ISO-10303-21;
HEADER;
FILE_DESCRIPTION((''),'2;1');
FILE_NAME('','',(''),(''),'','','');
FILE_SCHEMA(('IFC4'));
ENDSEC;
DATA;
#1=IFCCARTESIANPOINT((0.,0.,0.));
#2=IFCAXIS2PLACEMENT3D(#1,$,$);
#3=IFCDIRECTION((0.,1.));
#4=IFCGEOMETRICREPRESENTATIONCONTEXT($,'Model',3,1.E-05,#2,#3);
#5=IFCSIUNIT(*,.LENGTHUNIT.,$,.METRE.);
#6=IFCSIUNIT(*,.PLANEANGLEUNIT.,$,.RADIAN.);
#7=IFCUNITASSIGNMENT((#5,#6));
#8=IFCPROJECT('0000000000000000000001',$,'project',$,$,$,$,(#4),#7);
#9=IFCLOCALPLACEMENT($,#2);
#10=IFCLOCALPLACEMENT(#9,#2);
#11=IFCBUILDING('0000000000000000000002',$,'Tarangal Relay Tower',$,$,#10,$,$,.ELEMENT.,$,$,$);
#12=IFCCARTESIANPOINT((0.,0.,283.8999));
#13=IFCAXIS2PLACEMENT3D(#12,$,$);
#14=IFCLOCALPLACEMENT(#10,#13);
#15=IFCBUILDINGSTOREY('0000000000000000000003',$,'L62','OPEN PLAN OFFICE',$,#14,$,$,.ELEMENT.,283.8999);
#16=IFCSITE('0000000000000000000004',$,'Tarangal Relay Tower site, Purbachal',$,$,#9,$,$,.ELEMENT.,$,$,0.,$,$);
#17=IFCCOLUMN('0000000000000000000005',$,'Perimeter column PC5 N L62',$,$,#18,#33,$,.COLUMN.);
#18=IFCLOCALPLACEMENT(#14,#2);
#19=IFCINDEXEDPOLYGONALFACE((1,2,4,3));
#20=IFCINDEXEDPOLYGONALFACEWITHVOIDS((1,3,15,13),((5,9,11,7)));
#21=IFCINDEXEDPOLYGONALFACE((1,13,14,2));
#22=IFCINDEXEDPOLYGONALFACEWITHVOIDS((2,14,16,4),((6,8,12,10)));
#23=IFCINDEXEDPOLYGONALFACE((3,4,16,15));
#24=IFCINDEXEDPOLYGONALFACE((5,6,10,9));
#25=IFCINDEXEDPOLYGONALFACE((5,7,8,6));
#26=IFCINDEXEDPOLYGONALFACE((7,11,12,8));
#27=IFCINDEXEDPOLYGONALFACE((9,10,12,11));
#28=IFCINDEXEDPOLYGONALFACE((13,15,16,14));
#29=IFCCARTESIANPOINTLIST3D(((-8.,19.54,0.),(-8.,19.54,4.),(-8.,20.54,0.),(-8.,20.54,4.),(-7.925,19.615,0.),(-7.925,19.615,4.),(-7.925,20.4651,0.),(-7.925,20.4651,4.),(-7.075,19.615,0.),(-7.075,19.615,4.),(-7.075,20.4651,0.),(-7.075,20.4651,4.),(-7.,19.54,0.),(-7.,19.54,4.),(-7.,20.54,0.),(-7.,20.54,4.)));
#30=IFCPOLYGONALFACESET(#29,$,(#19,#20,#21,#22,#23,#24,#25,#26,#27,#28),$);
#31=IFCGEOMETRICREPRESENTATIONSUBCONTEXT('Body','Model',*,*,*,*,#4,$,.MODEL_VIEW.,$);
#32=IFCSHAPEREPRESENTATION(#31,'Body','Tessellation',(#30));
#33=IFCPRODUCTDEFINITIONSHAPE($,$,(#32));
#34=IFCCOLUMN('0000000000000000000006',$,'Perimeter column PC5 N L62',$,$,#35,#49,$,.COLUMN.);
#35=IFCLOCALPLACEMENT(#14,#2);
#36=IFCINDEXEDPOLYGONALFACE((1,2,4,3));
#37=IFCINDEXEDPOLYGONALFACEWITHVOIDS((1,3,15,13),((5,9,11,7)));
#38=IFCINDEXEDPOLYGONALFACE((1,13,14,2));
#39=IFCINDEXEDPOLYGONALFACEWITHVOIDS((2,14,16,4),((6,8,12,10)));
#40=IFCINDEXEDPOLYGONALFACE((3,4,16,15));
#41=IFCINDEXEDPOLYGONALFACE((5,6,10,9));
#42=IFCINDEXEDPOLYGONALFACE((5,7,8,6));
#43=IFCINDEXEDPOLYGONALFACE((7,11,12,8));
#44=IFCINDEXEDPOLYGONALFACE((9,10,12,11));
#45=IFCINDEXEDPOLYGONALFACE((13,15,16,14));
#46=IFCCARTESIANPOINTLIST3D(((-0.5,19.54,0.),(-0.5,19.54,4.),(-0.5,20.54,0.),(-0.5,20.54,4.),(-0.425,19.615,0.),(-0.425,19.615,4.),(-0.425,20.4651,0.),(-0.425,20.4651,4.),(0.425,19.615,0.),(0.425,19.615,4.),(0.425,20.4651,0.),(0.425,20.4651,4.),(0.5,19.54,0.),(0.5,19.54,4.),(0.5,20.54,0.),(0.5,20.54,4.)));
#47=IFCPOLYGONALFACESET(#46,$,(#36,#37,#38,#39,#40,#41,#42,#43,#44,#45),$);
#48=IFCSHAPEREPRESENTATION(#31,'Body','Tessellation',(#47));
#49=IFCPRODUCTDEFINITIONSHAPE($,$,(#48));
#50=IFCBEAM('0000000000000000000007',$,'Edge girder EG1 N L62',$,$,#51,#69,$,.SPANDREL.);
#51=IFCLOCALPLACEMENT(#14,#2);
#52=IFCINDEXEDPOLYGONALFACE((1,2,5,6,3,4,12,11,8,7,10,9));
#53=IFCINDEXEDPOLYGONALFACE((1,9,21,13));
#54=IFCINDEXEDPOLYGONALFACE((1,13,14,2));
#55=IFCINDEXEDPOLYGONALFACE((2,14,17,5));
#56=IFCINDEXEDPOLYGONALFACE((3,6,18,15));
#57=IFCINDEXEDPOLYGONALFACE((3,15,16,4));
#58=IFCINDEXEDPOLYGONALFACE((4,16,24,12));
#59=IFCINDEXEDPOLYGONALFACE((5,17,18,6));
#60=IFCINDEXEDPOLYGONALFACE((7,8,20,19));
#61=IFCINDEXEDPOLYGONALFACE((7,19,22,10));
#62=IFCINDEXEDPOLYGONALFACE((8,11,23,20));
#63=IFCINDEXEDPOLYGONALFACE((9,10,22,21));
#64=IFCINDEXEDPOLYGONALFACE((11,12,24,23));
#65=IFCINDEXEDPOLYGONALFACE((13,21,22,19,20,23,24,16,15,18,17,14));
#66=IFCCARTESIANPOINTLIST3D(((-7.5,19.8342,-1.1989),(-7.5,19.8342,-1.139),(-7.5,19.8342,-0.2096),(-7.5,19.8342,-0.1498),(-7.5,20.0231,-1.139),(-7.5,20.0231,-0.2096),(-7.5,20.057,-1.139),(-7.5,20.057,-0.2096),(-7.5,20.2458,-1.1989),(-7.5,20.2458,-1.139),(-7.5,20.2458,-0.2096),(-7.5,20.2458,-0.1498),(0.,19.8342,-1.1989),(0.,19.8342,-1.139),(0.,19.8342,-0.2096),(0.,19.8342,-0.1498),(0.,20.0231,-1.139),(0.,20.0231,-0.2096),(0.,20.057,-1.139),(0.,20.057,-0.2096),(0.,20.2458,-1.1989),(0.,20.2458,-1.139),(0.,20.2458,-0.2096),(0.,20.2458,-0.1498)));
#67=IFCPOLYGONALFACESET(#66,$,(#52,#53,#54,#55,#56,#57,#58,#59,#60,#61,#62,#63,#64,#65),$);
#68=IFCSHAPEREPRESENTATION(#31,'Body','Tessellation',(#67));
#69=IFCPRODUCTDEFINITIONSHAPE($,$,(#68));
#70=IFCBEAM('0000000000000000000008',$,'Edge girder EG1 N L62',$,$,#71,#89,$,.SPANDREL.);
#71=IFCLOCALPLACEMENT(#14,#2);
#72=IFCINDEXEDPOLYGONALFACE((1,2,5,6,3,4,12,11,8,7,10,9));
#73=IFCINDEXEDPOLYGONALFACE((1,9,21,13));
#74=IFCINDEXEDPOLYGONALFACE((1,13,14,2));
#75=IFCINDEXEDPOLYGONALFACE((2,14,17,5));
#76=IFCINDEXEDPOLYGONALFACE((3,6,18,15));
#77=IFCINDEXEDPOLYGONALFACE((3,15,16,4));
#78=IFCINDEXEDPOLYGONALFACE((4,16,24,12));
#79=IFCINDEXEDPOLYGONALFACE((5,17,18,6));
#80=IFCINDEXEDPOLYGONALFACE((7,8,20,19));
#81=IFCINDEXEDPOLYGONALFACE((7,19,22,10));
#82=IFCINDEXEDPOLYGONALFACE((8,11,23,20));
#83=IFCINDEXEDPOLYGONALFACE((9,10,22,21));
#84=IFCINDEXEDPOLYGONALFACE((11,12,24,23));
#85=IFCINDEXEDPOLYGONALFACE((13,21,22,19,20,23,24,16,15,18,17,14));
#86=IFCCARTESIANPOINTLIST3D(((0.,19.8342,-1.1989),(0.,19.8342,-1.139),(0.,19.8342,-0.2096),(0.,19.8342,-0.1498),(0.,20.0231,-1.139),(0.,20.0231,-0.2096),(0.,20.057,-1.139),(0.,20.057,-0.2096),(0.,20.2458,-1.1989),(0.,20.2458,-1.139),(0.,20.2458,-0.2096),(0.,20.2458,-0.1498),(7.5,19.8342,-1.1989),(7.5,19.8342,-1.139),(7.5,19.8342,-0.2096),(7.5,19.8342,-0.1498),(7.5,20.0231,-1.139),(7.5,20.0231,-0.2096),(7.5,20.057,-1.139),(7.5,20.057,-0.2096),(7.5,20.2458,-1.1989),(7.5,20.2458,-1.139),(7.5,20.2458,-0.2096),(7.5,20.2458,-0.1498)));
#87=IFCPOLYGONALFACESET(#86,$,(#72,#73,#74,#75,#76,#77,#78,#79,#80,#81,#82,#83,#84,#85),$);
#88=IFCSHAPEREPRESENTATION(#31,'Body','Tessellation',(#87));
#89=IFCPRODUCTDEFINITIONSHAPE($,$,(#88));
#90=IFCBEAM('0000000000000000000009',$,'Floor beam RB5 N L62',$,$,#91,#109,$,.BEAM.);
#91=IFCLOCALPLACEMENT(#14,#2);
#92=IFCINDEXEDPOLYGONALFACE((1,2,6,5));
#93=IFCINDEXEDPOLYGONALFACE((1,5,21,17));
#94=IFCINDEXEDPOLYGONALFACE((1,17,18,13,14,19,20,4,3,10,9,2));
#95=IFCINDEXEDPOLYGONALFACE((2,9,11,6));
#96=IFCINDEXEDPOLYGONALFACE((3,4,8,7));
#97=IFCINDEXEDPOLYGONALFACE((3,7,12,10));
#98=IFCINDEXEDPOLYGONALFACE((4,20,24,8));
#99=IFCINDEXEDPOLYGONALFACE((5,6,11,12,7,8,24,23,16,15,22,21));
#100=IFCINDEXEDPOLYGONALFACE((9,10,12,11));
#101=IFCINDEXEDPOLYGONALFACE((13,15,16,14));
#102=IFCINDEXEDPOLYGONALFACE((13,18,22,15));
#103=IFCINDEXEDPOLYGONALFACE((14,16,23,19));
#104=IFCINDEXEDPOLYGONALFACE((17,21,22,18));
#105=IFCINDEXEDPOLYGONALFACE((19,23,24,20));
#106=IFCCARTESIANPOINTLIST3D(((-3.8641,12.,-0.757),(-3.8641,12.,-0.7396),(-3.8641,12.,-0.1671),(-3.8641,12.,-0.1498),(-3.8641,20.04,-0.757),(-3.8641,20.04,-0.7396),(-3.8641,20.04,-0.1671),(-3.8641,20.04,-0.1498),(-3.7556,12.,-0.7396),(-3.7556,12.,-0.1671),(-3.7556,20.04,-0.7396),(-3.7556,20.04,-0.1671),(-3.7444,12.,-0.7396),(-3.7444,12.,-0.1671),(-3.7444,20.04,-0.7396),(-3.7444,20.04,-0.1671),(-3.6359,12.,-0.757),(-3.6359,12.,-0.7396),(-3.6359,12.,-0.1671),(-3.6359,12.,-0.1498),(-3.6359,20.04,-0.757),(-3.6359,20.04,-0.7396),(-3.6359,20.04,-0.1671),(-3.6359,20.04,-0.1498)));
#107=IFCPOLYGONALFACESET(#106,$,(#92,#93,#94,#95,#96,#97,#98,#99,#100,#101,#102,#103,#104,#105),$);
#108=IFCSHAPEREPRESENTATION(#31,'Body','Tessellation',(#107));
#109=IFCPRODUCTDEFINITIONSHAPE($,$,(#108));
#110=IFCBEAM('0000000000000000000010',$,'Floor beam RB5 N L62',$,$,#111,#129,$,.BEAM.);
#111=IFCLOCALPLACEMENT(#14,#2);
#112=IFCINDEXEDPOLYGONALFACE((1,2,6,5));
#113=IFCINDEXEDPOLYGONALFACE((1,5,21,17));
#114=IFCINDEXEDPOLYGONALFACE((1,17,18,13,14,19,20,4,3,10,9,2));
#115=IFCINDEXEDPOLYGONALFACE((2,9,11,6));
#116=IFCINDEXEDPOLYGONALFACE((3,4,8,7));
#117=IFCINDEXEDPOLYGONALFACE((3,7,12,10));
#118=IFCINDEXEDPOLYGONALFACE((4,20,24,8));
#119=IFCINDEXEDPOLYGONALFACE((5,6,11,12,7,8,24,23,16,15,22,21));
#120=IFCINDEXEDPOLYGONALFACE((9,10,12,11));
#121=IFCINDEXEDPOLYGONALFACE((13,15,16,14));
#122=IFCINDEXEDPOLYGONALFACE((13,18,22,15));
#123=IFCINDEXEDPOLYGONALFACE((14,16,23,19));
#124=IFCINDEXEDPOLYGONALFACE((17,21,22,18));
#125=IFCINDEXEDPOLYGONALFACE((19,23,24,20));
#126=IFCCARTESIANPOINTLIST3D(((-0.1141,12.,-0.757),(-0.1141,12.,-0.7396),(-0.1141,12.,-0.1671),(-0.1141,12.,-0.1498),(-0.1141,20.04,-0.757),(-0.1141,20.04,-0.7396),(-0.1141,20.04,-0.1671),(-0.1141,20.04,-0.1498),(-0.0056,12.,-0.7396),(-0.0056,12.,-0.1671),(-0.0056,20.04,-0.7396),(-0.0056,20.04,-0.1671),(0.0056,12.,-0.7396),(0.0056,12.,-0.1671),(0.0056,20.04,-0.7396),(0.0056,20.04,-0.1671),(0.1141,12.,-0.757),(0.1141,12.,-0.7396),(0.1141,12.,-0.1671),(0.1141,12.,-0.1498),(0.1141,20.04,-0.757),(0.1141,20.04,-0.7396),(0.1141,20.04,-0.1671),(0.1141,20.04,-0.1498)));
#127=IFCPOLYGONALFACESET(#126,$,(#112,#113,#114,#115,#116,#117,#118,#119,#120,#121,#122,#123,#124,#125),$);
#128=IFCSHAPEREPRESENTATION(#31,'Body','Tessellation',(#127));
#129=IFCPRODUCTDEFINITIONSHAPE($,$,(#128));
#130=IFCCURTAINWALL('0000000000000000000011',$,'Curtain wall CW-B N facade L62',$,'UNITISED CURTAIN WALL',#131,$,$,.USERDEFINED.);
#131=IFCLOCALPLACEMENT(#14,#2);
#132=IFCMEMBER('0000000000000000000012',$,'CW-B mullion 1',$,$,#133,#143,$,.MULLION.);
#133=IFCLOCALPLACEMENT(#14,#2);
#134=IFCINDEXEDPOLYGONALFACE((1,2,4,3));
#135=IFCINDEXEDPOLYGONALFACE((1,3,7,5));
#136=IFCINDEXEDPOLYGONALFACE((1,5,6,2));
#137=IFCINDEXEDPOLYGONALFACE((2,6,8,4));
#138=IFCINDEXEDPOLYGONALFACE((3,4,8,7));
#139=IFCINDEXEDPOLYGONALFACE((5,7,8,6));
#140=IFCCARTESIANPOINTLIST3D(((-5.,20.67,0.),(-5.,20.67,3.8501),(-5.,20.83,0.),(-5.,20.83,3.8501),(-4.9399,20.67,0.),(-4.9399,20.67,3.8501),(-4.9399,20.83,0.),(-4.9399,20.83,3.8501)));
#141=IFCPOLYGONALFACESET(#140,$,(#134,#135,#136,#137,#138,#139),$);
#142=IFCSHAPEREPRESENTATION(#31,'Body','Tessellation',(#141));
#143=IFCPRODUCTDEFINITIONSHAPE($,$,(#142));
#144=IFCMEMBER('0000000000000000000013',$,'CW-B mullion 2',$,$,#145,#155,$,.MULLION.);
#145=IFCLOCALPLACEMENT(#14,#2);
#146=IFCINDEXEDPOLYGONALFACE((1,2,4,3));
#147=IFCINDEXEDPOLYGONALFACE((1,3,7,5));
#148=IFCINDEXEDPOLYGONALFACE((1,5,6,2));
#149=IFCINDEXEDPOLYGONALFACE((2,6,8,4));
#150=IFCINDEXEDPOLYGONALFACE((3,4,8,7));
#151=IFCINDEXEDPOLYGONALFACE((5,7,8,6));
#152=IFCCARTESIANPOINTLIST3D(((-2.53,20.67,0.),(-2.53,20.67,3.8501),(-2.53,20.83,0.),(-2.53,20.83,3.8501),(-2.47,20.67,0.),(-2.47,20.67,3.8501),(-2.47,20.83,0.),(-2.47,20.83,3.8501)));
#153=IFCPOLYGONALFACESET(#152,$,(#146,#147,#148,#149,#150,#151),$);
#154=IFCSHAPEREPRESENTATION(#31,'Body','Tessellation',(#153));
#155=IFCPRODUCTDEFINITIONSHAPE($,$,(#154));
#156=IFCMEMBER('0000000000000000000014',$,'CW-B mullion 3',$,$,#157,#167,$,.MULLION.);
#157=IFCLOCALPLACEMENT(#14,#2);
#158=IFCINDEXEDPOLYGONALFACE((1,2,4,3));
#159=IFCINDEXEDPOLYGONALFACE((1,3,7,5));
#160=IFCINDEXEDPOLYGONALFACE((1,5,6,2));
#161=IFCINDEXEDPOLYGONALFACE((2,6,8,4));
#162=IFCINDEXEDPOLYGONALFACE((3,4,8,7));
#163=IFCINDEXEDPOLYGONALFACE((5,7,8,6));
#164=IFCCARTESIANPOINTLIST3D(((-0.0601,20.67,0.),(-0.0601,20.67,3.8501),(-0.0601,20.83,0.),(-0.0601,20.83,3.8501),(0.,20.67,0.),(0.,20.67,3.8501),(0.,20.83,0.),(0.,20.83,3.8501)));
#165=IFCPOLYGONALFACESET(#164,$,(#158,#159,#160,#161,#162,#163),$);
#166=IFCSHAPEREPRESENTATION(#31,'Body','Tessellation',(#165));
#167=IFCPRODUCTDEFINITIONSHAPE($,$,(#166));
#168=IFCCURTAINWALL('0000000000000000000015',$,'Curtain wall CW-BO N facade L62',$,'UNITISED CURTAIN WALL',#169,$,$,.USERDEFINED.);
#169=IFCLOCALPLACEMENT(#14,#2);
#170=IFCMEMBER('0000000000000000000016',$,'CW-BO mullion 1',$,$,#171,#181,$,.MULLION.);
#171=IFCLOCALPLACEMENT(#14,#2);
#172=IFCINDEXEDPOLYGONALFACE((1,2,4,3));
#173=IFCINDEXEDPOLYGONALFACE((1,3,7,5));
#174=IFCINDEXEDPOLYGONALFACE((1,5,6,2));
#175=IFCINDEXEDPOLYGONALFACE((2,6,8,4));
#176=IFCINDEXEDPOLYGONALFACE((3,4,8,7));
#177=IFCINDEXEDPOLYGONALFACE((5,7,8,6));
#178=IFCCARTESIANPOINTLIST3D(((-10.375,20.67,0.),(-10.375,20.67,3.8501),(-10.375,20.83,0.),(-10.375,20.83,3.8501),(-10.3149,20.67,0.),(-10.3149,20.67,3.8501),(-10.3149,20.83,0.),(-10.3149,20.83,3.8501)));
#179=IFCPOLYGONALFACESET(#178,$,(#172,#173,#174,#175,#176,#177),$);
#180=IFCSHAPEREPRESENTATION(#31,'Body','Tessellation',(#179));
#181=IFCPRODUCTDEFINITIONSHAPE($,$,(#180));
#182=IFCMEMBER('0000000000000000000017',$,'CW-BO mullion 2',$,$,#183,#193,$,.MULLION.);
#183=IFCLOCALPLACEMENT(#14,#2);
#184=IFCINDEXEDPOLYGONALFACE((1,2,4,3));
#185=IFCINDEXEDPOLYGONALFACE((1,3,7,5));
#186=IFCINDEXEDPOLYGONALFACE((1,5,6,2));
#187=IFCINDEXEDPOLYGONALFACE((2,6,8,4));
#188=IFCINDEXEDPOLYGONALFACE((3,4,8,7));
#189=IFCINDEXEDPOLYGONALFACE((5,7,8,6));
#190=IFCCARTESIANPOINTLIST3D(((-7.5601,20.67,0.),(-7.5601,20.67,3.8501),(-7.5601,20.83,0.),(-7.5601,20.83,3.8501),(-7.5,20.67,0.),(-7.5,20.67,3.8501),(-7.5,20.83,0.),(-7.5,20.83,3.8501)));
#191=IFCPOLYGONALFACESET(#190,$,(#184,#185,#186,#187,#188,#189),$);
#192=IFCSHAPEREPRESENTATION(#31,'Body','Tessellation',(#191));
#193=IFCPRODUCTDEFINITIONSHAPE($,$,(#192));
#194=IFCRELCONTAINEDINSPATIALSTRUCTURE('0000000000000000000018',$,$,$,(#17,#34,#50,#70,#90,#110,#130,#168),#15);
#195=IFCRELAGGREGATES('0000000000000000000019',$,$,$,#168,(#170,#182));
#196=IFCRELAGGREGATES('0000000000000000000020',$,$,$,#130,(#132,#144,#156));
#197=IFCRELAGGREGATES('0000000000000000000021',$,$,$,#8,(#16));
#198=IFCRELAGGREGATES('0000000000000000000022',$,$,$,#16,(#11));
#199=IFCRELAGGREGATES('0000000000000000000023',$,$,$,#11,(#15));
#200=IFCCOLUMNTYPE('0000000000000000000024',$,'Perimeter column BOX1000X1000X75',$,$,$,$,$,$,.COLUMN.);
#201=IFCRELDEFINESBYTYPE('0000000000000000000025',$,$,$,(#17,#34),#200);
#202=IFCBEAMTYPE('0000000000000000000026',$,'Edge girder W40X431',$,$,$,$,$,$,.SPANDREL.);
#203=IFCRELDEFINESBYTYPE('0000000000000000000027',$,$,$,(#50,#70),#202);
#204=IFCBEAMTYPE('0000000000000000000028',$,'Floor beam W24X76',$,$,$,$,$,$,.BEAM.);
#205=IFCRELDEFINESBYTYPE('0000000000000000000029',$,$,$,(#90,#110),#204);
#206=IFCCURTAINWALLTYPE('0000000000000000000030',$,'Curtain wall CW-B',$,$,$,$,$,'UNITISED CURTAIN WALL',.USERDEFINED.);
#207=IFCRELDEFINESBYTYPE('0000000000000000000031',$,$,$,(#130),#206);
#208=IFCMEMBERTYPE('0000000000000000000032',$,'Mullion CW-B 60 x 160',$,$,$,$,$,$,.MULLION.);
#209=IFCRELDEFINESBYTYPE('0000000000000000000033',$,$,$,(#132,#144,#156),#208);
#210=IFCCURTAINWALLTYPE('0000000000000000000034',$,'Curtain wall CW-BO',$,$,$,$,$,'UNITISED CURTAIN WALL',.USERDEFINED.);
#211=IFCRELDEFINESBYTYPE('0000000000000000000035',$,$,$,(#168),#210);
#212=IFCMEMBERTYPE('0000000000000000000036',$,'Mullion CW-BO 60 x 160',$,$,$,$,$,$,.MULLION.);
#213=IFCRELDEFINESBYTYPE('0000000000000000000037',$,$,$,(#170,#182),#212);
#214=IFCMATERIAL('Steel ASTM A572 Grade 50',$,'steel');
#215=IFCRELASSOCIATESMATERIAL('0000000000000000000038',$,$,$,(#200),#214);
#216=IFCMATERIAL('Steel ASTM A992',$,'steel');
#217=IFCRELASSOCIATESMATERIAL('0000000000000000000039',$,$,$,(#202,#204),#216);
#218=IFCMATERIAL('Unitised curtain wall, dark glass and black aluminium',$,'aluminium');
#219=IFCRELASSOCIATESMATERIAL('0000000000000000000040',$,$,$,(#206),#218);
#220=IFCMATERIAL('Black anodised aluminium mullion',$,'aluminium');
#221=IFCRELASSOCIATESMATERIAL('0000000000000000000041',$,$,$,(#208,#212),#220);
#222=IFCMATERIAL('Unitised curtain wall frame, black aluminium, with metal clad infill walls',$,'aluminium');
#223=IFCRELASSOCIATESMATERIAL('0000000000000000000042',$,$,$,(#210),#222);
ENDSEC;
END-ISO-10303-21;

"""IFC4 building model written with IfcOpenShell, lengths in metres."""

from ifc_helpers import new_model, si_unit, direction, frame, origin, origin_2d, place, context, subcontext, project, spatial, rectangle, hollow_rectangle, i_section, extrude, material, material_profile, profile_set, type_object, element, aggregate, save


model = new_model("IFC4")

# Units and contexts
model_context = context("Model", 3, precision=1e-05, world=origin(), true_north=direction((0.0, 1.0)))
body_context = subcontext(model_context, "Body", "Model", "MODEL_VIEW")
ifc_project = project(units=[si_unit("LENGTHUNIT", "METRE"), si_unit("PLANEANGLEUNIT", "RADIAN")], contexts=[model_context])

# Site, building, storey
site_placement = place(None, origin())
site = spatial("IfcSite", under=ifc_project, at=site_placement, Name="Tarangal Relay Tower site, Purbachal", CompositionType="ELEMENT", RefElevation=0.0)
building_placement = place(site_placement, origin())
building = spatial("IfcBuilding", under=site, at=building_placement, Name="Tarangal Relay Tower", CompositionType="ELEMENT")
storey_placement = place(building_placement, frame((0.0, 0.0, 283.8999)))
storey = spatial("IfcBuildingStorey", under=building, at=storey_placement, Name="L62", Description="OPEN PLAN OFFICE", CompositionType="ELEMENT", Elevation=283.8999)

# Columns
ifc_material_1 = material(Name="Steel ASTM A572 Grade 50", Category="steel")
ifc_material_profile_1 = material_profile(ifc_material_1, hollow_rectangle(XDim=1.0, YDim=1.0, WallThickness=0.075, at=origin_2d()), Name="BOX1000X1000X75")
ifc_profile_set_1 = profile_set([ifc_material_profile_1], Name="Steel ASTM A572 Grade 50")
column_type = type_object("IfcColumnType", Name="Perimeter column BOX1000X1000X75", PredefinedType="COLUMN", material=ifc_profile_set_1)
for number, where, z_axis, x_axis, name in (
    (1, (-7.5, 20.04, 0.0), (0.0, 0.0, 1.0), (1.0, 0.0, 0.0), "Perimeter column PC5 N L62"),
    (2, (0.0, 20.04, 0.0), (0.0, 0.0, 1.0), (1.0, 0.0, 0.0), "Perimeter column PC5 N L62"),
):
    element("IfcColumn", number, at=place(storey_placement, frame(where, z_axis=z_axis, x_axis=x_axis)), inside=storey, type_object=column_type, Name=name, PredefinedType="COLUMN", context=body_context, shape_type="SweptSolid", body=[
        extrude(hollow_rectangle(XDim=1.0, YDim=1.0, WallThickness=0.075, at=origin_2d()), origin(), (0.0, 0.0, 1.0), 4.0),
    ])

# Beams
ifc_material_2 = material(Name="Steel ASTM A992", Category="steel")
ifc_material_profile_2 = material_profile(ifc_material_2, i_section(OverallWidth=0.4116, OverallDepth=1.0491, WebThickness=0.0339, FlangeThickness=0.0598, at=origin_2d()), Name="W40X431")
ifc_profile_set_2 = profile_set([ifc_material_profile_2], Name="Steel ASTM A992")
beam_type_1 = type_object("IfcBeamType", Name="Edge girder W40X431", PredefinedType="SPANDREL", material=ifc_profile_set_2)
for number, where, z_axis, x_axis, name in (
    (3, (-7.5, 20.04, -0.6743), (1.0, 0.0, 0.0), (0.0, 1.0, 0.0), "Edge girder EG1 N L62"),
    (4, (0.0, 20.04, -0.6743), (1.0, 0.0, 0.0), (0.0, 1.0, 0.0), "Edge girder EG1 N L62"),
):
    element("IfcBeam", number, at=place(storey_placement, frame(where, z_axis=z_axis, x_axis=x_axis)), inside=storey, type_object=beam_type_1, Name=name, PredefinedType="SPANDREL", context=body_context, shape_type="SweptSolid", body=[
        extrude(i_section(OverallWidth=0.4116, OverallDepth=1.0491, WebThickness=0.0339, FlangeThickness=0.0598, at=origin_2d()), origin(), (0.0, 0.0, 1.0), 7.5),
    ])
ifc_material_profile_3 = material_profile(ifc_material_2, i_section(OverallWidth=0.2283, OverallDepth=0.6072, WebThickness=0.0112, FlangeThickness=0.0173, at=origin_2d()), Name="W24X76")
ifc_profile_set_3 = profile_set([ifc_material_profile_3], Name="Steel ASTM A992")
beam_type_2 = type_object("IfcBeamType", Name="Floor beam W24X76", PredefinedType="BEAM", material=ifc_profile_set_3)
for number, where, z_axis, x_axis, name in (
    (5, (-3.75, 12.0, -0.4534), (0.0, 1.0, 0.0), (-1.0, 0.0, 0.0), "Floor beam RB5 N L62"),
    (6, (0.0, 12.0, -0.4534), (0.0, 1.0, 0.0), (-1.0, 0.0, 0.0), "Floor beam RB5 N L62"),
):
    element("IfcBeam", number, at=place(storey_placement, frame(where, z_axis=z_axis, x_axis=x_axis)), inside=storey, type_object=beam_type_2, Name=name, PredefinedType="BEAM", context=body_context, shape_type="SweptSolid", body=[
        extrude(i_section(OverallWidth=0.2283, OverallDepth=0.6072, WebThickness=0.0112, FlangeThickness=0.0173, at=origin_2d()), origin(), (0.0, 0.0, 1.0), 8.04),
    ])

# Curtain walls, members
ifc_material_3 = material(Name="Unitised curtain wall, dark glass and black aluminium", Category="aluminium")
curtain_wall_type_1 = type_object("IfcCurtainWallType", Name="Curtain wall CW-B", ElementType="UNITISED CURTAIN WALL", PredefinedType="USERDEFINED", material=ifc_material_3)
curtain_wall_1_placement = place(storey_placement, origin())
curtain_wall_1 = element("IfcCurtainWall", 7, at=curtain_wall_1_placement, inside=storey, type_object=curtain_wall_type_1, Name="Curtain wall CW-B N facade L62", ObjectType="UNITISED CURTAIN WALL", PredefinedType="USERDEFINED")
ifc_material_4 = material(Name="Black anodised aluminium mullion", Category="aluminium")
ifc_material_profile_4 = material_profile(ifc_material_4, rectangle(XDim=0.1599, YDim=0.0601, at=origin_2d()), Name="CW-BM 60X160")
ifc_profile_set_4 = profile_set([ifc_material_profile_4], Name="Black anodised aluminium mullion")
member_type_1 = type_object("IfcMemberType", Name="Mullion CW-B 60 x 160", PredefinedType="MULLION", material=ifc_profile_set_4)
member_1_placement = place(storey_placement, frame((-4.97, 20.75, 0.0), z_axis=(0.0, 0.0, 1.0), x_axis=(0.0, 1.0, 0.0)))
member_1 = element("IfcMember", 8, at=member_1_placement, type_object=member_type_1, Name="CW-B mullion 1", PredefinedType="MULLION", context=body_context, shape_type="SweptSolid", body=[
    extrude(rectangle(XDim=0.1599, YDim=0.0601, at=origin_2d()), origin(), (0.0, 0.0, 1.0), 3.8501),
])
member_2_placement = place(storey_placement, frame((-2.5, 20.75, 0.0), z_axis=(0.0, 0.0, 1.0), x_axis=(0.0, 1.0, 0.0)))
member_2 = element("IfcMember", 9, at=member_2_placement, type_object=member_type_1, Name="CW-B mullion 2", PredefinedType="MULLION", context=body_context, shape_type="SweptSolid", body=[
    extrude(rectangle(XDim=0.1599, YDim=0.0601, at=origin_2d()), origin(), (0.0, 0.0, 1.0), 3.8501),
])
member_3_placement = place(storey_placement, frame((-0.03, 20.75, 0.0), z_axis=(0.0, 0.0, 1.0), x_axis=(0.0, 1.0, 0.0)))
member_3 = element("IfcMember", 10, at=member_3_placement, type_object=member_type_1, Name="CW-B mullion 3", PredefinedType="MULLION", context=body_context, shape_type="SweptSolid", body=[
    extrude(rectangle(XDim=0.1599, YDim=0.0601, at=origin_2d()), origin(), (0.0, 0.0, 1.0), 3.8501),
])
ifc_material_5 = material(Name="Unitised curtain wall frame, black aluminium, with metal clad infill walls", Category="aluminium")
curtain_wall_type_2 = type_object("IfcCurtainWallType", Name="Curtain wall CW-BO", ElementType="UNITISED CURTAIN WALL", PredefinedType="USERDEFINED", material=ifc_material_5)
curtain_wall_2_placement = place(storey_placement, origin())
curtain_wall_2 = element("IfcCurtainWall", 11, at=curtain_wall_2_placement, inside=storey, type_object=curtain_wall_type_2, Name="Curtain wall CW-BO N facade L62", ObjectType="UNITISED CURTAIN WALL", PredefinedType="USERDEFINED")
ifc_material_profile_5 = material_profile(ifc_material_4, rectangle(XDim=0.1599, YDim=0.0601, at=origin_2d()), Name="CW-BOM 60X160")
ifc_profile_set_5 = profile_set([ifc_material_profile_5], Name="Black anodised aluminium mullion")
member_type_2 = type_object("IfcMemberType", Name="Mullion CW-BO 60 x 160", PredefinedType="MULLION", material=ifc_profile_set_5)
member_4_placement = place(storey_placement, frame((-10.345, 20.75, 0.0), z_axis=(0.0, 0.0, 1.0), x_axis=(0.0, 1.0, 0.0)))
member_4 = element("IfcMember", 12, at=member_4_placement, type_object=member_type_2, Name="CW-BO mullion 1", PredefinedType="MULLION", context=body_context, shape_type="SweptSolid", body=[
    extrude(rectangle(XDim=0.1599, YDim=0.0601, at=origin_2d()), origin(), (0.0, 0.0, 1.0), 3.8501),
])
member_5_placement = place(storey_placement, frame((-7.53, 20.75, 0.0), z_axis=(0.0, 0.0, 1.0), x_axis=(0.0, 1.0, 0.0)))
member_5 = element("IfcMember", 13, at=member_5_placement, type_object=member_type_2, Name="CW-BO mullion 2", PredefinedType="MULLION", context=body_context, shape_type="SweptSolid", body=[
    extrude(rectangle(XDim=0.1599, YDim=0.0601, at=origin_2d()), origin(), (0.0, 0.0, 1.0), 3.8501),
])

aggregate(curtain_wall_2, [member_4, member_5])

aggregate(curtain_wall_1, [member_1, member_2, member_3])

save(model, "model.ifc")
